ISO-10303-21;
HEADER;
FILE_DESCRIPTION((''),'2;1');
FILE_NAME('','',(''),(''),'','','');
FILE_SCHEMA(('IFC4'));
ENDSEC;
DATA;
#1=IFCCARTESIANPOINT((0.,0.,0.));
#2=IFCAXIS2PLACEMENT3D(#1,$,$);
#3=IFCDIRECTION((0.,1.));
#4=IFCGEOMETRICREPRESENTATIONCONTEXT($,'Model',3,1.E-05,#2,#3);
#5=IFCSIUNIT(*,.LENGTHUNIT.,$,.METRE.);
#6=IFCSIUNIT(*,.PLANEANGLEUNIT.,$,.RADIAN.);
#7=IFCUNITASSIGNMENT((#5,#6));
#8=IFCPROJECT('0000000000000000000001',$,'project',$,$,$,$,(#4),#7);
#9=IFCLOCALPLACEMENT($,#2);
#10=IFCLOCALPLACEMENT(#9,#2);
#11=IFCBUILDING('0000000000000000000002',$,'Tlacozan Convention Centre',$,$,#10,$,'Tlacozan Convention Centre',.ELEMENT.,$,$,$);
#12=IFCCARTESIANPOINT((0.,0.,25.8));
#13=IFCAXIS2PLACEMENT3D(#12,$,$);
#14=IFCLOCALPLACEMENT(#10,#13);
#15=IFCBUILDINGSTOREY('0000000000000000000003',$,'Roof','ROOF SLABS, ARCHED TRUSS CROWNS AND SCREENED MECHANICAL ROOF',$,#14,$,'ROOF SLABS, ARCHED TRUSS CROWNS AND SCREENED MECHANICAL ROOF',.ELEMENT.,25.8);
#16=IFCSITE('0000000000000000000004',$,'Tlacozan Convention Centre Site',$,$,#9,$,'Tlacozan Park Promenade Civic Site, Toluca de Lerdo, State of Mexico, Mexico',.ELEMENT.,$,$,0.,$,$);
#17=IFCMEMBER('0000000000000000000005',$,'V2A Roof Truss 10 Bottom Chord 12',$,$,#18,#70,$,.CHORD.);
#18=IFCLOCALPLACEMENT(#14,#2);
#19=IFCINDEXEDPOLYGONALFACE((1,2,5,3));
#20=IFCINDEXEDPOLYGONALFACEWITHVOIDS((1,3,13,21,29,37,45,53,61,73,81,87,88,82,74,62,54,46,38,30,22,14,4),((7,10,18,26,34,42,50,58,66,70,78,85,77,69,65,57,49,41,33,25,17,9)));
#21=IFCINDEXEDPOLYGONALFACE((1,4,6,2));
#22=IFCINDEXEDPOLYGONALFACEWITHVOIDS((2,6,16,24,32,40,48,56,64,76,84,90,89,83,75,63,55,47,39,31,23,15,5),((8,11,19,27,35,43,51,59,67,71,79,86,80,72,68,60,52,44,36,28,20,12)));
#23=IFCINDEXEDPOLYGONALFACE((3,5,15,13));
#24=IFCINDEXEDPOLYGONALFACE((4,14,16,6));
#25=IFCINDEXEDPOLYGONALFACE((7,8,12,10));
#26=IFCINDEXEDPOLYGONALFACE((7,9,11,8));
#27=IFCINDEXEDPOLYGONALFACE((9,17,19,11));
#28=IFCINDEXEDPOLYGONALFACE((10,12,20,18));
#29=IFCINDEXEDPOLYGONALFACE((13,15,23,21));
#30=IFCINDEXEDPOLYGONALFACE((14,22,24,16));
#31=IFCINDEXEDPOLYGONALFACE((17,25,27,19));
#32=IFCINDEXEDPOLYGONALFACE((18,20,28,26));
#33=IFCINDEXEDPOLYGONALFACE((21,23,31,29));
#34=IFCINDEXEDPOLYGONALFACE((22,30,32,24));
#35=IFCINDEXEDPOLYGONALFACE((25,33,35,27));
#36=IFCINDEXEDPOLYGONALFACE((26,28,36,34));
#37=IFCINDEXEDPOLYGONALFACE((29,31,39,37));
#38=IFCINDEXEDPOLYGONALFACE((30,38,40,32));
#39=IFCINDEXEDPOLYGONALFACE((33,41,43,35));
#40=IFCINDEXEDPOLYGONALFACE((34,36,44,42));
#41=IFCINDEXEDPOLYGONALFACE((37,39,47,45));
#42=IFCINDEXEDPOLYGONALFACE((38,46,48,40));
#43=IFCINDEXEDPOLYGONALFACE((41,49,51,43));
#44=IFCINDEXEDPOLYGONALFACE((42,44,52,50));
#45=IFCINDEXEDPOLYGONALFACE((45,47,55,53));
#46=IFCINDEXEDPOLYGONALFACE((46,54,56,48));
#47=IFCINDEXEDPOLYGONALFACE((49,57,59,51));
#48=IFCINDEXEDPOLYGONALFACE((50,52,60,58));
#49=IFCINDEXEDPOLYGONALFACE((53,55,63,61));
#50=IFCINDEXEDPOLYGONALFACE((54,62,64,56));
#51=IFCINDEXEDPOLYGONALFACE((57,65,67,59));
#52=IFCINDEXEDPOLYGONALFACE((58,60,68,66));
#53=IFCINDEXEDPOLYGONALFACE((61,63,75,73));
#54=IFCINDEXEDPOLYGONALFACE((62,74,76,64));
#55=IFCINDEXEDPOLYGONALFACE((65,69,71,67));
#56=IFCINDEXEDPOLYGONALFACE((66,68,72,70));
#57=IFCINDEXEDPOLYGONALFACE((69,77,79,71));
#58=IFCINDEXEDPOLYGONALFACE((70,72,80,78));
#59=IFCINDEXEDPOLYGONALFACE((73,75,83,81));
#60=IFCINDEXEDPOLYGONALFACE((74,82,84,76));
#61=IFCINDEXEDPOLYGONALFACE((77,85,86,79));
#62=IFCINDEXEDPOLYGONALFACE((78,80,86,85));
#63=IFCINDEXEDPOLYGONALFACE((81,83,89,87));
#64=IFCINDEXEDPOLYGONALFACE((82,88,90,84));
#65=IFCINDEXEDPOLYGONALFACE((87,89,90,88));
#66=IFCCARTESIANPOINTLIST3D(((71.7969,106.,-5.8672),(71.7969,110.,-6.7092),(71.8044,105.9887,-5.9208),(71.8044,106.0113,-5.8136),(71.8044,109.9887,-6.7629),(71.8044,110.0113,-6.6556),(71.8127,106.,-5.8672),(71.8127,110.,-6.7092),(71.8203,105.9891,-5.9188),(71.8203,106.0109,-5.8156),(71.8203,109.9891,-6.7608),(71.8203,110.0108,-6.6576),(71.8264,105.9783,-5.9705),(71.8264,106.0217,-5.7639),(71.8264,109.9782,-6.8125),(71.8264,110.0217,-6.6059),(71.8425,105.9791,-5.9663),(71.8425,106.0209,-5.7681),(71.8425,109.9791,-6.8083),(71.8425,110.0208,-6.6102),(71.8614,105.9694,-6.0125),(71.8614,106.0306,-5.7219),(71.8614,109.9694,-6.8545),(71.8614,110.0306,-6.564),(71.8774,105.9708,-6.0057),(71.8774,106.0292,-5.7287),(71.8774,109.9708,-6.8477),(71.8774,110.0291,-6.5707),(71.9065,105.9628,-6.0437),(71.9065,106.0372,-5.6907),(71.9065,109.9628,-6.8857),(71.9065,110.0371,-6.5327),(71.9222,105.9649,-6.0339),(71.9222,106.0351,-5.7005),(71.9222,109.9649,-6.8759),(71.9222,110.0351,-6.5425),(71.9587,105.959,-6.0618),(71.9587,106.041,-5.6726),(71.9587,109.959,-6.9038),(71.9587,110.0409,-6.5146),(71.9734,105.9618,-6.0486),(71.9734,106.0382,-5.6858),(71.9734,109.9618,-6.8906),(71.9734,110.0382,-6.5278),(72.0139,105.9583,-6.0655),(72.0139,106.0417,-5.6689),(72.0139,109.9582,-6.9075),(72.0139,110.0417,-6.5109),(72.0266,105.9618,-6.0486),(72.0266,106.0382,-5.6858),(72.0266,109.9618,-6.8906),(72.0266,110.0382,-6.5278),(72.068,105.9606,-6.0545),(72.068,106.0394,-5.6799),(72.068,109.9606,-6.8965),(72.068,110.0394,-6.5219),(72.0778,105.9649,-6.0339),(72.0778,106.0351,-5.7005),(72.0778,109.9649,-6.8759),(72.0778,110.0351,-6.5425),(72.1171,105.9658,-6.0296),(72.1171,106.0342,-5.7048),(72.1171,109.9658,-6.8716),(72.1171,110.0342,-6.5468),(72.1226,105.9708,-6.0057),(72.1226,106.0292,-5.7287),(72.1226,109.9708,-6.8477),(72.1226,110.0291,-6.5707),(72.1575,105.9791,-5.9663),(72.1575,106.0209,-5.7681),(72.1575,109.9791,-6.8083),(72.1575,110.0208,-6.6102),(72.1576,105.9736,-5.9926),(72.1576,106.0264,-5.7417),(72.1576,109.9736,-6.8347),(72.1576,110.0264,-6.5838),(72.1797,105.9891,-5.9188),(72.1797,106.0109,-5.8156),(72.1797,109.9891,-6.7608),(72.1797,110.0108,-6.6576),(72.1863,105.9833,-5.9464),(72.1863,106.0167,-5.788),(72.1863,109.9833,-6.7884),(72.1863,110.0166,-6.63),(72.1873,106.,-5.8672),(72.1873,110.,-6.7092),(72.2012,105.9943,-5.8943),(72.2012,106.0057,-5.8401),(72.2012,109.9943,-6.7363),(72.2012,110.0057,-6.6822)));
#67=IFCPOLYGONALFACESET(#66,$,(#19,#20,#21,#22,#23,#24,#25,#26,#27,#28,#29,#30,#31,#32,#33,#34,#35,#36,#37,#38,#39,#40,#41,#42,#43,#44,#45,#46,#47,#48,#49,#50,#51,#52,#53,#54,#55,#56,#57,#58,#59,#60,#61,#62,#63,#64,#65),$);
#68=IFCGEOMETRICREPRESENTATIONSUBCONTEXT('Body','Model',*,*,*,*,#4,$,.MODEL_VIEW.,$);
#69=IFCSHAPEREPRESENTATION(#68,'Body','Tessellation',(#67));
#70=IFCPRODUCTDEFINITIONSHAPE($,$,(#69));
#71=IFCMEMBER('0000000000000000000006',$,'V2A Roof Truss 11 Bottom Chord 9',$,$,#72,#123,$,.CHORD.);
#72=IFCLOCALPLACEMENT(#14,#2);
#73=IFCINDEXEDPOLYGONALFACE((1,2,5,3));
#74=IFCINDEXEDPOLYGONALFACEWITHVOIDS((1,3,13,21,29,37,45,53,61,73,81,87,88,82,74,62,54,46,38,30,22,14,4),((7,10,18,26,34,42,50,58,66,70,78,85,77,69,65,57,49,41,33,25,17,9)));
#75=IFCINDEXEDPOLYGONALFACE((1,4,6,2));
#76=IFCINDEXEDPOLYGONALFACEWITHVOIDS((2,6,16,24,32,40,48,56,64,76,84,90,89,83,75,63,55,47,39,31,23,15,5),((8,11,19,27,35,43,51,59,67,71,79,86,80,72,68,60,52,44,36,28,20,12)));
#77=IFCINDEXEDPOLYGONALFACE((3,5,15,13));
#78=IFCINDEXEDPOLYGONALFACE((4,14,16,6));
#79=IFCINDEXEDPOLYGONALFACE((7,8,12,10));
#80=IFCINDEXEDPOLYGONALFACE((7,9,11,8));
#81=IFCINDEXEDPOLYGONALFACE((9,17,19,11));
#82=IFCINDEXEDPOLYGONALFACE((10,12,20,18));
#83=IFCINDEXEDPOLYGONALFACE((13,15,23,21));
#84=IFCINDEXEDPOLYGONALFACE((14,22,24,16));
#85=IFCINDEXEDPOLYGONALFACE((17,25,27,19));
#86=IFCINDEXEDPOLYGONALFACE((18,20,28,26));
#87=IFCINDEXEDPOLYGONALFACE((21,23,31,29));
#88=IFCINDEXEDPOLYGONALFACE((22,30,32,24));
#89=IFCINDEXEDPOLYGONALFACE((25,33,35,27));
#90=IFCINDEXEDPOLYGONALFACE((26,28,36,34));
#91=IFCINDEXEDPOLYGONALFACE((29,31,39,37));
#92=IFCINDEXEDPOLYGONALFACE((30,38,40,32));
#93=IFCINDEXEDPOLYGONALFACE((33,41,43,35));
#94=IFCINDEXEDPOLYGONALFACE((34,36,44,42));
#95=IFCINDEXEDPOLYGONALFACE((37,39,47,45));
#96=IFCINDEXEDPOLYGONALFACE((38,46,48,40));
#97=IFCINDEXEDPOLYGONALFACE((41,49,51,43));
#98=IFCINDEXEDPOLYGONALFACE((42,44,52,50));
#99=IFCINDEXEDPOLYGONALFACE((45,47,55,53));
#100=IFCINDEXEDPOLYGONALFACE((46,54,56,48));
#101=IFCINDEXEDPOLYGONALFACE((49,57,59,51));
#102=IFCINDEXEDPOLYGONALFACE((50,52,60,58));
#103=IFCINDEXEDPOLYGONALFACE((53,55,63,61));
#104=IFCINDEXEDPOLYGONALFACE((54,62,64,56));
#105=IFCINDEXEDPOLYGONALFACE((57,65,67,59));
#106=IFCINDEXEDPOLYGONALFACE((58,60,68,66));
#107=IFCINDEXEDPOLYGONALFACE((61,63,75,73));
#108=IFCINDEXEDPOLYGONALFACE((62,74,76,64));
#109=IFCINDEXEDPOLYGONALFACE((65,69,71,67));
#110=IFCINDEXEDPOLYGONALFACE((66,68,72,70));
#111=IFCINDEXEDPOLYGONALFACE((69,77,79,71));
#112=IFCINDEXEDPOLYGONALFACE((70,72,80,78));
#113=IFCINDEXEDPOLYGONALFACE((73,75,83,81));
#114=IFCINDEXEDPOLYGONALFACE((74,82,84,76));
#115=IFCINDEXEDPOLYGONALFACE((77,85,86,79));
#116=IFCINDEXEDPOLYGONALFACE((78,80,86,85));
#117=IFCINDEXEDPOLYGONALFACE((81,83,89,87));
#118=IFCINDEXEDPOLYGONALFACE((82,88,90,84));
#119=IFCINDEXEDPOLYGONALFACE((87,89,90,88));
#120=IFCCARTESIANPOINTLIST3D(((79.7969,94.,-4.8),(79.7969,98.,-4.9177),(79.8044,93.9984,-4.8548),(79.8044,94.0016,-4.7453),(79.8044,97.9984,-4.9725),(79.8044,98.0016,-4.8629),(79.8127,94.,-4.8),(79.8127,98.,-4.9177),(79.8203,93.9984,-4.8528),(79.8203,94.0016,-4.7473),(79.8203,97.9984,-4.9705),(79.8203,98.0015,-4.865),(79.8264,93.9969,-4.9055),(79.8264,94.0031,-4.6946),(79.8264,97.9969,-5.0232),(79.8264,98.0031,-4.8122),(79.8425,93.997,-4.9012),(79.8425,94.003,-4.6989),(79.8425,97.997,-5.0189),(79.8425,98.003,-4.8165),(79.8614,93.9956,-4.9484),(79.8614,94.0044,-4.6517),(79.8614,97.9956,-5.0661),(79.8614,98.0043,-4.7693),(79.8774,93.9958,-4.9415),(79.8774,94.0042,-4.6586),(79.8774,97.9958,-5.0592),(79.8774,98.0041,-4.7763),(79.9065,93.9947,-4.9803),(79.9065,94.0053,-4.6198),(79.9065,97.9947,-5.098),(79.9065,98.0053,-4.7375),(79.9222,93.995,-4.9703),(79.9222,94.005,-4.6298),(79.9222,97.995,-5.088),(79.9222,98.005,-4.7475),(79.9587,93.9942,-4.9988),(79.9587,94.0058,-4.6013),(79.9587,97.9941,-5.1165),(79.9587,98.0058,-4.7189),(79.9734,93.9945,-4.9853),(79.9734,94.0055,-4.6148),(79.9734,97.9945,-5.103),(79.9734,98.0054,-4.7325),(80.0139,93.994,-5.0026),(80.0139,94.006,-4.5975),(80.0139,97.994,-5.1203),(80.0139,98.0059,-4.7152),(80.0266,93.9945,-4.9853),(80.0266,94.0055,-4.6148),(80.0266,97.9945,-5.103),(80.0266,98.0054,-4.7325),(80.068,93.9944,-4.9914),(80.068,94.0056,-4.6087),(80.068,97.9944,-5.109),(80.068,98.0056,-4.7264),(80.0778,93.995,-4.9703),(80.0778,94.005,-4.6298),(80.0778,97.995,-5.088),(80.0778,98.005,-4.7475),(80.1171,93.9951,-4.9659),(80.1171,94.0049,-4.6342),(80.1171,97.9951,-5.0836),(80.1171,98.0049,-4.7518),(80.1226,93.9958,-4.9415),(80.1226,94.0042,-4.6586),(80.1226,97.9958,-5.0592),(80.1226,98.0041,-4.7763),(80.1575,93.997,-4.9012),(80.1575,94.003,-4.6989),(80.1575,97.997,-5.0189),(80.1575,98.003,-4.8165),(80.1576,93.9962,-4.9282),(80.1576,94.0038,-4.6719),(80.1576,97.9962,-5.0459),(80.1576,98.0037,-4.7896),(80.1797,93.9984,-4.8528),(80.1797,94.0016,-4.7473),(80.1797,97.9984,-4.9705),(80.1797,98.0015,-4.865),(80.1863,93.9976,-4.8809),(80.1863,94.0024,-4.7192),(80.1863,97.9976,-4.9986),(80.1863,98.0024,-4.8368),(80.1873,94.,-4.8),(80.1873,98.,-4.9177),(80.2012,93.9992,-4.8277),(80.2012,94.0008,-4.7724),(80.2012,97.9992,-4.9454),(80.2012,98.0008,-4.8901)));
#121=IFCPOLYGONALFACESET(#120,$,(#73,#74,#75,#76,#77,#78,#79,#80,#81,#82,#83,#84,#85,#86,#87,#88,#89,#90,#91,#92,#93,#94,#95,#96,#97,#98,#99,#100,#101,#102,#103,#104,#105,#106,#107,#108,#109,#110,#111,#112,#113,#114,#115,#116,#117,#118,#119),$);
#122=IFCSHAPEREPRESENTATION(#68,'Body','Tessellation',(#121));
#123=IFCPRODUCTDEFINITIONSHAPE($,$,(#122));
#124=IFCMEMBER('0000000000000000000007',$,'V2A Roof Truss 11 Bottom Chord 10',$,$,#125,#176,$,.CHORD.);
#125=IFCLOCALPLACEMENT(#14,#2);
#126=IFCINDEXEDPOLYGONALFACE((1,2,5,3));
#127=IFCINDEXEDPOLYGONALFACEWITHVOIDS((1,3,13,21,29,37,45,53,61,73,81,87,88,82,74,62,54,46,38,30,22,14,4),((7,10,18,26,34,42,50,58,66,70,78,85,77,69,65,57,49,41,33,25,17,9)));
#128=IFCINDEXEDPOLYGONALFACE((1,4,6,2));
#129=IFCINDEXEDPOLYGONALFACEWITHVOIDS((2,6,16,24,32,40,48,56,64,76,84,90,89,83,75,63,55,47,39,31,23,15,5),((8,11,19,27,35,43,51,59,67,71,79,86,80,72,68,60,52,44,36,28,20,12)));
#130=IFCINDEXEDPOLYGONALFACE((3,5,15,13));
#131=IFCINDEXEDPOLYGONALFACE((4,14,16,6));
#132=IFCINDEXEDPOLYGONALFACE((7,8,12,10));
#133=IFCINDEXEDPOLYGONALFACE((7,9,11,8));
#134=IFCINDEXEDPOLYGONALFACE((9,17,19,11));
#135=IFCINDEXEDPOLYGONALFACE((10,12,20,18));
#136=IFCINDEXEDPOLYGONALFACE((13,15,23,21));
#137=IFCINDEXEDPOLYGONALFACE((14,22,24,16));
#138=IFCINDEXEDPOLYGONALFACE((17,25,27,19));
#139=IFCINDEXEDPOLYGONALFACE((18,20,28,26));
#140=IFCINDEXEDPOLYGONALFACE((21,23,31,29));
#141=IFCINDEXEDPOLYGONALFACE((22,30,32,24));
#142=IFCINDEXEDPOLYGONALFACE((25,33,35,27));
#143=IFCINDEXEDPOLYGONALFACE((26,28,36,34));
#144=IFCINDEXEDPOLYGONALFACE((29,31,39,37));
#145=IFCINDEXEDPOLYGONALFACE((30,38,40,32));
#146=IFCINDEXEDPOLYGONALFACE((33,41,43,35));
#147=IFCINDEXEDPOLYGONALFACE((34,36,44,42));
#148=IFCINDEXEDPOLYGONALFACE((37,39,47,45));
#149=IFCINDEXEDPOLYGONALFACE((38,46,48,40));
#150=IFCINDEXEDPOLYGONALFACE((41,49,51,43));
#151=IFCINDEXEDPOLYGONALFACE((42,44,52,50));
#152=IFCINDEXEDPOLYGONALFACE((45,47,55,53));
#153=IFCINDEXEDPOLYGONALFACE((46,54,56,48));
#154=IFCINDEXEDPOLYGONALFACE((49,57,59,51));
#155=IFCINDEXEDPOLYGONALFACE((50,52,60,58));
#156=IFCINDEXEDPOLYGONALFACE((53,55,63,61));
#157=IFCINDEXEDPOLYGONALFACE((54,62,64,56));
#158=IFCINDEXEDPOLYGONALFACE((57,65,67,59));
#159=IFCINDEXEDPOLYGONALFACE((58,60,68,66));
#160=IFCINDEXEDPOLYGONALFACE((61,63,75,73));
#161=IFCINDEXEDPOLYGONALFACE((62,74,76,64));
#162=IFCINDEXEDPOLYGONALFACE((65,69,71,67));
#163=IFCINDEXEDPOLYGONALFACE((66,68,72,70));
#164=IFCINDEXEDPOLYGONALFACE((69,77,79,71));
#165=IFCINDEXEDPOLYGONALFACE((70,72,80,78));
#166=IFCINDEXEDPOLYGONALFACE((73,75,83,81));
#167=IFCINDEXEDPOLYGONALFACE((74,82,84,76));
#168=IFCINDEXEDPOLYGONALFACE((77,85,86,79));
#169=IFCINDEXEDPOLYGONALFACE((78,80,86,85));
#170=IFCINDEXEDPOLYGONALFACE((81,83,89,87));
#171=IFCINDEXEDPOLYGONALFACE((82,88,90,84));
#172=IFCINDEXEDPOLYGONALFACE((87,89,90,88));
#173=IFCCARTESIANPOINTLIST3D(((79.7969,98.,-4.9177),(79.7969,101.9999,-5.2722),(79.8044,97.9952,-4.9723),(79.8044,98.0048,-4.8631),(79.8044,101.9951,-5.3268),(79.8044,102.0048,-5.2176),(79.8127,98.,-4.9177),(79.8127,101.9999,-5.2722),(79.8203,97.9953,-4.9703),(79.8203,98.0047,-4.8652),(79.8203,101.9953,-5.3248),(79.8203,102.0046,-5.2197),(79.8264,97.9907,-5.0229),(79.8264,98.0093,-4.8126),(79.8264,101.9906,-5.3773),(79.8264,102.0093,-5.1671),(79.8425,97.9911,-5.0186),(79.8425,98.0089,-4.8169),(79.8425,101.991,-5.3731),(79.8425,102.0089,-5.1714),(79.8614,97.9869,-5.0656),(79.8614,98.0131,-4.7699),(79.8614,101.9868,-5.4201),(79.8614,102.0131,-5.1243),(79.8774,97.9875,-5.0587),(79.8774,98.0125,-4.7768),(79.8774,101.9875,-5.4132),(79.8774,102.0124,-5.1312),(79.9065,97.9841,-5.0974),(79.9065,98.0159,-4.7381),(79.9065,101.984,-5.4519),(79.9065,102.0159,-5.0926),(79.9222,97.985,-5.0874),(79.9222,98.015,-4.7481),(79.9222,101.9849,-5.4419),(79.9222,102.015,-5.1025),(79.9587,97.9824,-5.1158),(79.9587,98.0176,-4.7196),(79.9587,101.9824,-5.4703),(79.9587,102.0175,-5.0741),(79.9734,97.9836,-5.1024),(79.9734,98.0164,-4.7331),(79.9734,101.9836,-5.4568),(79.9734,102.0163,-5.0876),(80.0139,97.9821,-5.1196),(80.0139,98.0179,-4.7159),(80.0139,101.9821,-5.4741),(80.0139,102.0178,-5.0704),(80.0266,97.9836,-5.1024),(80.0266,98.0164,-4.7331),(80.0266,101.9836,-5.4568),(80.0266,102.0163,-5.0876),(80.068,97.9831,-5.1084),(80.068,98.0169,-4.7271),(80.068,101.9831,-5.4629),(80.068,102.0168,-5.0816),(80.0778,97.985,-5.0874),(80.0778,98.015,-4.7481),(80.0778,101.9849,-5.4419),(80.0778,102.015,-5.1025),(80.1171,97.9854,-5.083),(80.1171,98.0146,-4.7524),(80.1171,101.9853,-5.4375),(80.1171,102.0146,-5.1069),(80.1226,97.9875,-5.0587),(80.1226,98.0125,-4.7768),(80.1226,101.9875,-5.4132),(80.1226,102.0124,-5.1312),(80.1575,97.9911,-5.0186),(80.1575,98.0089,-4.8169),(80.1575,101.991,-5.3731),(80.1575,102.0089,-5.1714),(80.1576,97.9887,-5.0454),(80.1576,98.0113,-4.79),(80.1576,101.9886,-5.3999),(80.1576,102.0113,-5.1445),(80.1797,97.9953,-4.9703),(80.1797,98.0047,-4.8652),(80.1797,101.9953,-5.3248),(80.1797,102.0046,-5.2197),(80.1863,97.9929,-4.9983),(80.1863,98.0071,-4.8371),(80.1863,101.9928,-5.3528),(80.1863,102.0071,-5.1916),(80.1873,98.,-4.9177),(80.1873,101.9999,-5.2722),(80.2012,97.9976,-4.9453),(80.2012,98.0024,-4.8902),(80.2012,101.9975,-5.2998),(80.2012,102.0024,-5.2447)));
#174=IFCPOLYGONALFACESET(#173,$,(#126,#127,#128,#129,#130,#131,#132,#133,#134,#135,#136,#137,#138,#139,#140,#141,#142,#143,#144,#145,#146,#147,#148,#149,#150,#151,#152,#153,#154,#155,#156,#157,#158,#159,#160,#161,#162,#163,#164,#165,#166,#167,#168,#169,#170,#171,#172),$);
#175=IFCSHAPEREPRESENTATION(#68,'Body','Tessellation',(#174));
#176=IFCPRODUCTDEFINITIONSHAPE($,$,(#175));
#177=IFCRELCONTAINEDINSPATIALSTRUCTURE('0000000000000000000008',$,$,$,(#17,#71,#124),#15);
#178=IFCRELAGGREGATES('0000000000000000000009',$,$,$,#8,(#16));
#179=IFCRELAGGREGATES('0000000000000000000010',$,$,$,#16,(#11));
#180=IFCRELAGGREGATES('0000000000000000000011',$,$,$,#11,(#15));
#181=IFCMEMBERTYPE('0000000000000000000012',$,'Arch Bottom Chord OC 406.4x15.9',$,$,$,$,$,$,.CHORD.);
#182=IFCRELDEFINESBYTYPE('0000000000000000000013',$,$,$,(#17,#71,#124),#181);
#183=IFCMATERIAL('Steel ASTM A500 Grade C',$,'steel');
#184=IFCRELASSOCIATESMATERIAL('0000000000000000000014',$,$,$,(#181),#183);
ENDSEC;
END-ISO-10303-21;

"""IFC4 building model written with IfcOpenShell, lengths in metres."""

from ifc_helpers import new_model, si_unit, direction, frame, origin, origin_2d, place, context, subcontext, project, spatial, hollow_circle, extrude, material, material_profile, profile_set, type_object, element, save


model = new_model("IFC4")

# Units and contexts
model_context = context("Model", 3, precision=1e-05, world=origin(), true_north=direction((0.0, 1.0)))
body_context = subcontext(model_context, "Body", "Model", "MODEL_VIEW")
ifc_project = project(units=[si_unit("LENGTHUNIT", "METRE"), si_unit("PLANEANGLEUNIT", "RADIAN")], contexts=[model_context])

# Site, building, storey
site_placement = place(None, origin())
site = spatial("IfcSite", under=ifc_project, at=site_placement, Name="Tlacozan Convention Centre Site", LongName="Tlacozan Park Promenade Civic Site, Toluca de Lerdo, State of Mexico, Mexico", CompositionType="ELEMENT", RefElevation=0.0)
building_placement = place(site_placement, origin())
building = spatial("IfcBuilding", under=site, at=building_placement, Name="Tlacozan Convention Centre", LongName="Tlacozan Convention Centre", CompositionType="ELEMENT")
storey_placement = place(building_placement, frame((0.0, 0.0, 25.8)))
storey = spatial("IfcBuildingStorey", under=building, at=storey_placement, Name="Roof", Description="ROOF SLABS, ARCHED TRUSS CROWNS AND SCREENED MECHANICAL ROOF", LongName="ROOF SLABS, ARCHED TRUSS CROWNS AND SCREENED MECHANICAL ROOF", CompositionType="ELEMENT", Elevation=25.8)

# Members
ifc_material_1 = material(Name="Steel ASTM A500 Grade C", Category="steel")
ifc_material_profile_1 = material_profile(ifc_material_1, hollow_circle(Radius=0.2031, WallThickness=0.0159, at=origin_2d()), Name="OC 406.4x15.9")
ifc_profile_set_1 = profile_set([ifc_material_profile_1], Name="Steel ASTM A500 Grade C")
member_type_1 = type_object("IfcMemberType", Name="Arch Bottom Chord OC 406.4x15.9", PredefinedType="CHORD", material=ifc_profile_set_1)
member_1_placement = place(storey_placement, frame((72.0, 106.0, -5.8672), z_axis=(0.0, 0.978553, -0.205995), x_axis=(-1.0, 0.0, 0.0)))
element("IfcMember", 1, at=member_1_placement, inside=storey, type_object=member_type_1, Name="V2A Roof Truss 10 Bottom Chord 12", PredefinedType="CHORD", context=body_context, shape_type="SweptSolid", body=[
    extrude(hollow_circle(Radius=0.2031, WallThickness=0.0159, at=origin_2d()), origin(), (0.0, 0.0, 1.0), 4.0876),
])
member_2_placement = place(storey_placement, frame((80.0, 94.0, -4.8), z_axis=(0.0, 0.999568, -0.029406), x_axis=(-1.0, 0.0, 0.0)))
element("IfcMember", 2, at=member_2_placement, inside=storey, type_object=member_type_1, Name="V2A Roof Truss 11 Bottom Chord 9", PredefinedType="CHORD", context=body_context, shape_type="SweptSolid", body=[
    extrude(hollow_circle(Radius=0.2031, WallThickness=0.0159, at=origin_2d()), origin(), (0.0, 0.0, 1.0), 4.0017),
])
member_3_placement = place(storey_placement, frame((80.0, 98.0, -4.9177), z_axis=(0.0, 0.996096, -0.088277), x_axis=(-1.0, 0.0, 0.0)))
element("IfcMember", 3, at=member_3_placement, inside=storey, type_object=member_type_1, Name="V2A Roof Truss 11 Bottom Chord 10", PredefinedType="CHORD", context=body_context, shape_type="SweptSolid", body=[
    extrude(hollow_circle(Radius=0.2031, WallThickness=0.0159, at=origin_2d()), origin(), (0.0, 0.0, 1.0), 4.0156),
])

save(model, "model.ifc")
